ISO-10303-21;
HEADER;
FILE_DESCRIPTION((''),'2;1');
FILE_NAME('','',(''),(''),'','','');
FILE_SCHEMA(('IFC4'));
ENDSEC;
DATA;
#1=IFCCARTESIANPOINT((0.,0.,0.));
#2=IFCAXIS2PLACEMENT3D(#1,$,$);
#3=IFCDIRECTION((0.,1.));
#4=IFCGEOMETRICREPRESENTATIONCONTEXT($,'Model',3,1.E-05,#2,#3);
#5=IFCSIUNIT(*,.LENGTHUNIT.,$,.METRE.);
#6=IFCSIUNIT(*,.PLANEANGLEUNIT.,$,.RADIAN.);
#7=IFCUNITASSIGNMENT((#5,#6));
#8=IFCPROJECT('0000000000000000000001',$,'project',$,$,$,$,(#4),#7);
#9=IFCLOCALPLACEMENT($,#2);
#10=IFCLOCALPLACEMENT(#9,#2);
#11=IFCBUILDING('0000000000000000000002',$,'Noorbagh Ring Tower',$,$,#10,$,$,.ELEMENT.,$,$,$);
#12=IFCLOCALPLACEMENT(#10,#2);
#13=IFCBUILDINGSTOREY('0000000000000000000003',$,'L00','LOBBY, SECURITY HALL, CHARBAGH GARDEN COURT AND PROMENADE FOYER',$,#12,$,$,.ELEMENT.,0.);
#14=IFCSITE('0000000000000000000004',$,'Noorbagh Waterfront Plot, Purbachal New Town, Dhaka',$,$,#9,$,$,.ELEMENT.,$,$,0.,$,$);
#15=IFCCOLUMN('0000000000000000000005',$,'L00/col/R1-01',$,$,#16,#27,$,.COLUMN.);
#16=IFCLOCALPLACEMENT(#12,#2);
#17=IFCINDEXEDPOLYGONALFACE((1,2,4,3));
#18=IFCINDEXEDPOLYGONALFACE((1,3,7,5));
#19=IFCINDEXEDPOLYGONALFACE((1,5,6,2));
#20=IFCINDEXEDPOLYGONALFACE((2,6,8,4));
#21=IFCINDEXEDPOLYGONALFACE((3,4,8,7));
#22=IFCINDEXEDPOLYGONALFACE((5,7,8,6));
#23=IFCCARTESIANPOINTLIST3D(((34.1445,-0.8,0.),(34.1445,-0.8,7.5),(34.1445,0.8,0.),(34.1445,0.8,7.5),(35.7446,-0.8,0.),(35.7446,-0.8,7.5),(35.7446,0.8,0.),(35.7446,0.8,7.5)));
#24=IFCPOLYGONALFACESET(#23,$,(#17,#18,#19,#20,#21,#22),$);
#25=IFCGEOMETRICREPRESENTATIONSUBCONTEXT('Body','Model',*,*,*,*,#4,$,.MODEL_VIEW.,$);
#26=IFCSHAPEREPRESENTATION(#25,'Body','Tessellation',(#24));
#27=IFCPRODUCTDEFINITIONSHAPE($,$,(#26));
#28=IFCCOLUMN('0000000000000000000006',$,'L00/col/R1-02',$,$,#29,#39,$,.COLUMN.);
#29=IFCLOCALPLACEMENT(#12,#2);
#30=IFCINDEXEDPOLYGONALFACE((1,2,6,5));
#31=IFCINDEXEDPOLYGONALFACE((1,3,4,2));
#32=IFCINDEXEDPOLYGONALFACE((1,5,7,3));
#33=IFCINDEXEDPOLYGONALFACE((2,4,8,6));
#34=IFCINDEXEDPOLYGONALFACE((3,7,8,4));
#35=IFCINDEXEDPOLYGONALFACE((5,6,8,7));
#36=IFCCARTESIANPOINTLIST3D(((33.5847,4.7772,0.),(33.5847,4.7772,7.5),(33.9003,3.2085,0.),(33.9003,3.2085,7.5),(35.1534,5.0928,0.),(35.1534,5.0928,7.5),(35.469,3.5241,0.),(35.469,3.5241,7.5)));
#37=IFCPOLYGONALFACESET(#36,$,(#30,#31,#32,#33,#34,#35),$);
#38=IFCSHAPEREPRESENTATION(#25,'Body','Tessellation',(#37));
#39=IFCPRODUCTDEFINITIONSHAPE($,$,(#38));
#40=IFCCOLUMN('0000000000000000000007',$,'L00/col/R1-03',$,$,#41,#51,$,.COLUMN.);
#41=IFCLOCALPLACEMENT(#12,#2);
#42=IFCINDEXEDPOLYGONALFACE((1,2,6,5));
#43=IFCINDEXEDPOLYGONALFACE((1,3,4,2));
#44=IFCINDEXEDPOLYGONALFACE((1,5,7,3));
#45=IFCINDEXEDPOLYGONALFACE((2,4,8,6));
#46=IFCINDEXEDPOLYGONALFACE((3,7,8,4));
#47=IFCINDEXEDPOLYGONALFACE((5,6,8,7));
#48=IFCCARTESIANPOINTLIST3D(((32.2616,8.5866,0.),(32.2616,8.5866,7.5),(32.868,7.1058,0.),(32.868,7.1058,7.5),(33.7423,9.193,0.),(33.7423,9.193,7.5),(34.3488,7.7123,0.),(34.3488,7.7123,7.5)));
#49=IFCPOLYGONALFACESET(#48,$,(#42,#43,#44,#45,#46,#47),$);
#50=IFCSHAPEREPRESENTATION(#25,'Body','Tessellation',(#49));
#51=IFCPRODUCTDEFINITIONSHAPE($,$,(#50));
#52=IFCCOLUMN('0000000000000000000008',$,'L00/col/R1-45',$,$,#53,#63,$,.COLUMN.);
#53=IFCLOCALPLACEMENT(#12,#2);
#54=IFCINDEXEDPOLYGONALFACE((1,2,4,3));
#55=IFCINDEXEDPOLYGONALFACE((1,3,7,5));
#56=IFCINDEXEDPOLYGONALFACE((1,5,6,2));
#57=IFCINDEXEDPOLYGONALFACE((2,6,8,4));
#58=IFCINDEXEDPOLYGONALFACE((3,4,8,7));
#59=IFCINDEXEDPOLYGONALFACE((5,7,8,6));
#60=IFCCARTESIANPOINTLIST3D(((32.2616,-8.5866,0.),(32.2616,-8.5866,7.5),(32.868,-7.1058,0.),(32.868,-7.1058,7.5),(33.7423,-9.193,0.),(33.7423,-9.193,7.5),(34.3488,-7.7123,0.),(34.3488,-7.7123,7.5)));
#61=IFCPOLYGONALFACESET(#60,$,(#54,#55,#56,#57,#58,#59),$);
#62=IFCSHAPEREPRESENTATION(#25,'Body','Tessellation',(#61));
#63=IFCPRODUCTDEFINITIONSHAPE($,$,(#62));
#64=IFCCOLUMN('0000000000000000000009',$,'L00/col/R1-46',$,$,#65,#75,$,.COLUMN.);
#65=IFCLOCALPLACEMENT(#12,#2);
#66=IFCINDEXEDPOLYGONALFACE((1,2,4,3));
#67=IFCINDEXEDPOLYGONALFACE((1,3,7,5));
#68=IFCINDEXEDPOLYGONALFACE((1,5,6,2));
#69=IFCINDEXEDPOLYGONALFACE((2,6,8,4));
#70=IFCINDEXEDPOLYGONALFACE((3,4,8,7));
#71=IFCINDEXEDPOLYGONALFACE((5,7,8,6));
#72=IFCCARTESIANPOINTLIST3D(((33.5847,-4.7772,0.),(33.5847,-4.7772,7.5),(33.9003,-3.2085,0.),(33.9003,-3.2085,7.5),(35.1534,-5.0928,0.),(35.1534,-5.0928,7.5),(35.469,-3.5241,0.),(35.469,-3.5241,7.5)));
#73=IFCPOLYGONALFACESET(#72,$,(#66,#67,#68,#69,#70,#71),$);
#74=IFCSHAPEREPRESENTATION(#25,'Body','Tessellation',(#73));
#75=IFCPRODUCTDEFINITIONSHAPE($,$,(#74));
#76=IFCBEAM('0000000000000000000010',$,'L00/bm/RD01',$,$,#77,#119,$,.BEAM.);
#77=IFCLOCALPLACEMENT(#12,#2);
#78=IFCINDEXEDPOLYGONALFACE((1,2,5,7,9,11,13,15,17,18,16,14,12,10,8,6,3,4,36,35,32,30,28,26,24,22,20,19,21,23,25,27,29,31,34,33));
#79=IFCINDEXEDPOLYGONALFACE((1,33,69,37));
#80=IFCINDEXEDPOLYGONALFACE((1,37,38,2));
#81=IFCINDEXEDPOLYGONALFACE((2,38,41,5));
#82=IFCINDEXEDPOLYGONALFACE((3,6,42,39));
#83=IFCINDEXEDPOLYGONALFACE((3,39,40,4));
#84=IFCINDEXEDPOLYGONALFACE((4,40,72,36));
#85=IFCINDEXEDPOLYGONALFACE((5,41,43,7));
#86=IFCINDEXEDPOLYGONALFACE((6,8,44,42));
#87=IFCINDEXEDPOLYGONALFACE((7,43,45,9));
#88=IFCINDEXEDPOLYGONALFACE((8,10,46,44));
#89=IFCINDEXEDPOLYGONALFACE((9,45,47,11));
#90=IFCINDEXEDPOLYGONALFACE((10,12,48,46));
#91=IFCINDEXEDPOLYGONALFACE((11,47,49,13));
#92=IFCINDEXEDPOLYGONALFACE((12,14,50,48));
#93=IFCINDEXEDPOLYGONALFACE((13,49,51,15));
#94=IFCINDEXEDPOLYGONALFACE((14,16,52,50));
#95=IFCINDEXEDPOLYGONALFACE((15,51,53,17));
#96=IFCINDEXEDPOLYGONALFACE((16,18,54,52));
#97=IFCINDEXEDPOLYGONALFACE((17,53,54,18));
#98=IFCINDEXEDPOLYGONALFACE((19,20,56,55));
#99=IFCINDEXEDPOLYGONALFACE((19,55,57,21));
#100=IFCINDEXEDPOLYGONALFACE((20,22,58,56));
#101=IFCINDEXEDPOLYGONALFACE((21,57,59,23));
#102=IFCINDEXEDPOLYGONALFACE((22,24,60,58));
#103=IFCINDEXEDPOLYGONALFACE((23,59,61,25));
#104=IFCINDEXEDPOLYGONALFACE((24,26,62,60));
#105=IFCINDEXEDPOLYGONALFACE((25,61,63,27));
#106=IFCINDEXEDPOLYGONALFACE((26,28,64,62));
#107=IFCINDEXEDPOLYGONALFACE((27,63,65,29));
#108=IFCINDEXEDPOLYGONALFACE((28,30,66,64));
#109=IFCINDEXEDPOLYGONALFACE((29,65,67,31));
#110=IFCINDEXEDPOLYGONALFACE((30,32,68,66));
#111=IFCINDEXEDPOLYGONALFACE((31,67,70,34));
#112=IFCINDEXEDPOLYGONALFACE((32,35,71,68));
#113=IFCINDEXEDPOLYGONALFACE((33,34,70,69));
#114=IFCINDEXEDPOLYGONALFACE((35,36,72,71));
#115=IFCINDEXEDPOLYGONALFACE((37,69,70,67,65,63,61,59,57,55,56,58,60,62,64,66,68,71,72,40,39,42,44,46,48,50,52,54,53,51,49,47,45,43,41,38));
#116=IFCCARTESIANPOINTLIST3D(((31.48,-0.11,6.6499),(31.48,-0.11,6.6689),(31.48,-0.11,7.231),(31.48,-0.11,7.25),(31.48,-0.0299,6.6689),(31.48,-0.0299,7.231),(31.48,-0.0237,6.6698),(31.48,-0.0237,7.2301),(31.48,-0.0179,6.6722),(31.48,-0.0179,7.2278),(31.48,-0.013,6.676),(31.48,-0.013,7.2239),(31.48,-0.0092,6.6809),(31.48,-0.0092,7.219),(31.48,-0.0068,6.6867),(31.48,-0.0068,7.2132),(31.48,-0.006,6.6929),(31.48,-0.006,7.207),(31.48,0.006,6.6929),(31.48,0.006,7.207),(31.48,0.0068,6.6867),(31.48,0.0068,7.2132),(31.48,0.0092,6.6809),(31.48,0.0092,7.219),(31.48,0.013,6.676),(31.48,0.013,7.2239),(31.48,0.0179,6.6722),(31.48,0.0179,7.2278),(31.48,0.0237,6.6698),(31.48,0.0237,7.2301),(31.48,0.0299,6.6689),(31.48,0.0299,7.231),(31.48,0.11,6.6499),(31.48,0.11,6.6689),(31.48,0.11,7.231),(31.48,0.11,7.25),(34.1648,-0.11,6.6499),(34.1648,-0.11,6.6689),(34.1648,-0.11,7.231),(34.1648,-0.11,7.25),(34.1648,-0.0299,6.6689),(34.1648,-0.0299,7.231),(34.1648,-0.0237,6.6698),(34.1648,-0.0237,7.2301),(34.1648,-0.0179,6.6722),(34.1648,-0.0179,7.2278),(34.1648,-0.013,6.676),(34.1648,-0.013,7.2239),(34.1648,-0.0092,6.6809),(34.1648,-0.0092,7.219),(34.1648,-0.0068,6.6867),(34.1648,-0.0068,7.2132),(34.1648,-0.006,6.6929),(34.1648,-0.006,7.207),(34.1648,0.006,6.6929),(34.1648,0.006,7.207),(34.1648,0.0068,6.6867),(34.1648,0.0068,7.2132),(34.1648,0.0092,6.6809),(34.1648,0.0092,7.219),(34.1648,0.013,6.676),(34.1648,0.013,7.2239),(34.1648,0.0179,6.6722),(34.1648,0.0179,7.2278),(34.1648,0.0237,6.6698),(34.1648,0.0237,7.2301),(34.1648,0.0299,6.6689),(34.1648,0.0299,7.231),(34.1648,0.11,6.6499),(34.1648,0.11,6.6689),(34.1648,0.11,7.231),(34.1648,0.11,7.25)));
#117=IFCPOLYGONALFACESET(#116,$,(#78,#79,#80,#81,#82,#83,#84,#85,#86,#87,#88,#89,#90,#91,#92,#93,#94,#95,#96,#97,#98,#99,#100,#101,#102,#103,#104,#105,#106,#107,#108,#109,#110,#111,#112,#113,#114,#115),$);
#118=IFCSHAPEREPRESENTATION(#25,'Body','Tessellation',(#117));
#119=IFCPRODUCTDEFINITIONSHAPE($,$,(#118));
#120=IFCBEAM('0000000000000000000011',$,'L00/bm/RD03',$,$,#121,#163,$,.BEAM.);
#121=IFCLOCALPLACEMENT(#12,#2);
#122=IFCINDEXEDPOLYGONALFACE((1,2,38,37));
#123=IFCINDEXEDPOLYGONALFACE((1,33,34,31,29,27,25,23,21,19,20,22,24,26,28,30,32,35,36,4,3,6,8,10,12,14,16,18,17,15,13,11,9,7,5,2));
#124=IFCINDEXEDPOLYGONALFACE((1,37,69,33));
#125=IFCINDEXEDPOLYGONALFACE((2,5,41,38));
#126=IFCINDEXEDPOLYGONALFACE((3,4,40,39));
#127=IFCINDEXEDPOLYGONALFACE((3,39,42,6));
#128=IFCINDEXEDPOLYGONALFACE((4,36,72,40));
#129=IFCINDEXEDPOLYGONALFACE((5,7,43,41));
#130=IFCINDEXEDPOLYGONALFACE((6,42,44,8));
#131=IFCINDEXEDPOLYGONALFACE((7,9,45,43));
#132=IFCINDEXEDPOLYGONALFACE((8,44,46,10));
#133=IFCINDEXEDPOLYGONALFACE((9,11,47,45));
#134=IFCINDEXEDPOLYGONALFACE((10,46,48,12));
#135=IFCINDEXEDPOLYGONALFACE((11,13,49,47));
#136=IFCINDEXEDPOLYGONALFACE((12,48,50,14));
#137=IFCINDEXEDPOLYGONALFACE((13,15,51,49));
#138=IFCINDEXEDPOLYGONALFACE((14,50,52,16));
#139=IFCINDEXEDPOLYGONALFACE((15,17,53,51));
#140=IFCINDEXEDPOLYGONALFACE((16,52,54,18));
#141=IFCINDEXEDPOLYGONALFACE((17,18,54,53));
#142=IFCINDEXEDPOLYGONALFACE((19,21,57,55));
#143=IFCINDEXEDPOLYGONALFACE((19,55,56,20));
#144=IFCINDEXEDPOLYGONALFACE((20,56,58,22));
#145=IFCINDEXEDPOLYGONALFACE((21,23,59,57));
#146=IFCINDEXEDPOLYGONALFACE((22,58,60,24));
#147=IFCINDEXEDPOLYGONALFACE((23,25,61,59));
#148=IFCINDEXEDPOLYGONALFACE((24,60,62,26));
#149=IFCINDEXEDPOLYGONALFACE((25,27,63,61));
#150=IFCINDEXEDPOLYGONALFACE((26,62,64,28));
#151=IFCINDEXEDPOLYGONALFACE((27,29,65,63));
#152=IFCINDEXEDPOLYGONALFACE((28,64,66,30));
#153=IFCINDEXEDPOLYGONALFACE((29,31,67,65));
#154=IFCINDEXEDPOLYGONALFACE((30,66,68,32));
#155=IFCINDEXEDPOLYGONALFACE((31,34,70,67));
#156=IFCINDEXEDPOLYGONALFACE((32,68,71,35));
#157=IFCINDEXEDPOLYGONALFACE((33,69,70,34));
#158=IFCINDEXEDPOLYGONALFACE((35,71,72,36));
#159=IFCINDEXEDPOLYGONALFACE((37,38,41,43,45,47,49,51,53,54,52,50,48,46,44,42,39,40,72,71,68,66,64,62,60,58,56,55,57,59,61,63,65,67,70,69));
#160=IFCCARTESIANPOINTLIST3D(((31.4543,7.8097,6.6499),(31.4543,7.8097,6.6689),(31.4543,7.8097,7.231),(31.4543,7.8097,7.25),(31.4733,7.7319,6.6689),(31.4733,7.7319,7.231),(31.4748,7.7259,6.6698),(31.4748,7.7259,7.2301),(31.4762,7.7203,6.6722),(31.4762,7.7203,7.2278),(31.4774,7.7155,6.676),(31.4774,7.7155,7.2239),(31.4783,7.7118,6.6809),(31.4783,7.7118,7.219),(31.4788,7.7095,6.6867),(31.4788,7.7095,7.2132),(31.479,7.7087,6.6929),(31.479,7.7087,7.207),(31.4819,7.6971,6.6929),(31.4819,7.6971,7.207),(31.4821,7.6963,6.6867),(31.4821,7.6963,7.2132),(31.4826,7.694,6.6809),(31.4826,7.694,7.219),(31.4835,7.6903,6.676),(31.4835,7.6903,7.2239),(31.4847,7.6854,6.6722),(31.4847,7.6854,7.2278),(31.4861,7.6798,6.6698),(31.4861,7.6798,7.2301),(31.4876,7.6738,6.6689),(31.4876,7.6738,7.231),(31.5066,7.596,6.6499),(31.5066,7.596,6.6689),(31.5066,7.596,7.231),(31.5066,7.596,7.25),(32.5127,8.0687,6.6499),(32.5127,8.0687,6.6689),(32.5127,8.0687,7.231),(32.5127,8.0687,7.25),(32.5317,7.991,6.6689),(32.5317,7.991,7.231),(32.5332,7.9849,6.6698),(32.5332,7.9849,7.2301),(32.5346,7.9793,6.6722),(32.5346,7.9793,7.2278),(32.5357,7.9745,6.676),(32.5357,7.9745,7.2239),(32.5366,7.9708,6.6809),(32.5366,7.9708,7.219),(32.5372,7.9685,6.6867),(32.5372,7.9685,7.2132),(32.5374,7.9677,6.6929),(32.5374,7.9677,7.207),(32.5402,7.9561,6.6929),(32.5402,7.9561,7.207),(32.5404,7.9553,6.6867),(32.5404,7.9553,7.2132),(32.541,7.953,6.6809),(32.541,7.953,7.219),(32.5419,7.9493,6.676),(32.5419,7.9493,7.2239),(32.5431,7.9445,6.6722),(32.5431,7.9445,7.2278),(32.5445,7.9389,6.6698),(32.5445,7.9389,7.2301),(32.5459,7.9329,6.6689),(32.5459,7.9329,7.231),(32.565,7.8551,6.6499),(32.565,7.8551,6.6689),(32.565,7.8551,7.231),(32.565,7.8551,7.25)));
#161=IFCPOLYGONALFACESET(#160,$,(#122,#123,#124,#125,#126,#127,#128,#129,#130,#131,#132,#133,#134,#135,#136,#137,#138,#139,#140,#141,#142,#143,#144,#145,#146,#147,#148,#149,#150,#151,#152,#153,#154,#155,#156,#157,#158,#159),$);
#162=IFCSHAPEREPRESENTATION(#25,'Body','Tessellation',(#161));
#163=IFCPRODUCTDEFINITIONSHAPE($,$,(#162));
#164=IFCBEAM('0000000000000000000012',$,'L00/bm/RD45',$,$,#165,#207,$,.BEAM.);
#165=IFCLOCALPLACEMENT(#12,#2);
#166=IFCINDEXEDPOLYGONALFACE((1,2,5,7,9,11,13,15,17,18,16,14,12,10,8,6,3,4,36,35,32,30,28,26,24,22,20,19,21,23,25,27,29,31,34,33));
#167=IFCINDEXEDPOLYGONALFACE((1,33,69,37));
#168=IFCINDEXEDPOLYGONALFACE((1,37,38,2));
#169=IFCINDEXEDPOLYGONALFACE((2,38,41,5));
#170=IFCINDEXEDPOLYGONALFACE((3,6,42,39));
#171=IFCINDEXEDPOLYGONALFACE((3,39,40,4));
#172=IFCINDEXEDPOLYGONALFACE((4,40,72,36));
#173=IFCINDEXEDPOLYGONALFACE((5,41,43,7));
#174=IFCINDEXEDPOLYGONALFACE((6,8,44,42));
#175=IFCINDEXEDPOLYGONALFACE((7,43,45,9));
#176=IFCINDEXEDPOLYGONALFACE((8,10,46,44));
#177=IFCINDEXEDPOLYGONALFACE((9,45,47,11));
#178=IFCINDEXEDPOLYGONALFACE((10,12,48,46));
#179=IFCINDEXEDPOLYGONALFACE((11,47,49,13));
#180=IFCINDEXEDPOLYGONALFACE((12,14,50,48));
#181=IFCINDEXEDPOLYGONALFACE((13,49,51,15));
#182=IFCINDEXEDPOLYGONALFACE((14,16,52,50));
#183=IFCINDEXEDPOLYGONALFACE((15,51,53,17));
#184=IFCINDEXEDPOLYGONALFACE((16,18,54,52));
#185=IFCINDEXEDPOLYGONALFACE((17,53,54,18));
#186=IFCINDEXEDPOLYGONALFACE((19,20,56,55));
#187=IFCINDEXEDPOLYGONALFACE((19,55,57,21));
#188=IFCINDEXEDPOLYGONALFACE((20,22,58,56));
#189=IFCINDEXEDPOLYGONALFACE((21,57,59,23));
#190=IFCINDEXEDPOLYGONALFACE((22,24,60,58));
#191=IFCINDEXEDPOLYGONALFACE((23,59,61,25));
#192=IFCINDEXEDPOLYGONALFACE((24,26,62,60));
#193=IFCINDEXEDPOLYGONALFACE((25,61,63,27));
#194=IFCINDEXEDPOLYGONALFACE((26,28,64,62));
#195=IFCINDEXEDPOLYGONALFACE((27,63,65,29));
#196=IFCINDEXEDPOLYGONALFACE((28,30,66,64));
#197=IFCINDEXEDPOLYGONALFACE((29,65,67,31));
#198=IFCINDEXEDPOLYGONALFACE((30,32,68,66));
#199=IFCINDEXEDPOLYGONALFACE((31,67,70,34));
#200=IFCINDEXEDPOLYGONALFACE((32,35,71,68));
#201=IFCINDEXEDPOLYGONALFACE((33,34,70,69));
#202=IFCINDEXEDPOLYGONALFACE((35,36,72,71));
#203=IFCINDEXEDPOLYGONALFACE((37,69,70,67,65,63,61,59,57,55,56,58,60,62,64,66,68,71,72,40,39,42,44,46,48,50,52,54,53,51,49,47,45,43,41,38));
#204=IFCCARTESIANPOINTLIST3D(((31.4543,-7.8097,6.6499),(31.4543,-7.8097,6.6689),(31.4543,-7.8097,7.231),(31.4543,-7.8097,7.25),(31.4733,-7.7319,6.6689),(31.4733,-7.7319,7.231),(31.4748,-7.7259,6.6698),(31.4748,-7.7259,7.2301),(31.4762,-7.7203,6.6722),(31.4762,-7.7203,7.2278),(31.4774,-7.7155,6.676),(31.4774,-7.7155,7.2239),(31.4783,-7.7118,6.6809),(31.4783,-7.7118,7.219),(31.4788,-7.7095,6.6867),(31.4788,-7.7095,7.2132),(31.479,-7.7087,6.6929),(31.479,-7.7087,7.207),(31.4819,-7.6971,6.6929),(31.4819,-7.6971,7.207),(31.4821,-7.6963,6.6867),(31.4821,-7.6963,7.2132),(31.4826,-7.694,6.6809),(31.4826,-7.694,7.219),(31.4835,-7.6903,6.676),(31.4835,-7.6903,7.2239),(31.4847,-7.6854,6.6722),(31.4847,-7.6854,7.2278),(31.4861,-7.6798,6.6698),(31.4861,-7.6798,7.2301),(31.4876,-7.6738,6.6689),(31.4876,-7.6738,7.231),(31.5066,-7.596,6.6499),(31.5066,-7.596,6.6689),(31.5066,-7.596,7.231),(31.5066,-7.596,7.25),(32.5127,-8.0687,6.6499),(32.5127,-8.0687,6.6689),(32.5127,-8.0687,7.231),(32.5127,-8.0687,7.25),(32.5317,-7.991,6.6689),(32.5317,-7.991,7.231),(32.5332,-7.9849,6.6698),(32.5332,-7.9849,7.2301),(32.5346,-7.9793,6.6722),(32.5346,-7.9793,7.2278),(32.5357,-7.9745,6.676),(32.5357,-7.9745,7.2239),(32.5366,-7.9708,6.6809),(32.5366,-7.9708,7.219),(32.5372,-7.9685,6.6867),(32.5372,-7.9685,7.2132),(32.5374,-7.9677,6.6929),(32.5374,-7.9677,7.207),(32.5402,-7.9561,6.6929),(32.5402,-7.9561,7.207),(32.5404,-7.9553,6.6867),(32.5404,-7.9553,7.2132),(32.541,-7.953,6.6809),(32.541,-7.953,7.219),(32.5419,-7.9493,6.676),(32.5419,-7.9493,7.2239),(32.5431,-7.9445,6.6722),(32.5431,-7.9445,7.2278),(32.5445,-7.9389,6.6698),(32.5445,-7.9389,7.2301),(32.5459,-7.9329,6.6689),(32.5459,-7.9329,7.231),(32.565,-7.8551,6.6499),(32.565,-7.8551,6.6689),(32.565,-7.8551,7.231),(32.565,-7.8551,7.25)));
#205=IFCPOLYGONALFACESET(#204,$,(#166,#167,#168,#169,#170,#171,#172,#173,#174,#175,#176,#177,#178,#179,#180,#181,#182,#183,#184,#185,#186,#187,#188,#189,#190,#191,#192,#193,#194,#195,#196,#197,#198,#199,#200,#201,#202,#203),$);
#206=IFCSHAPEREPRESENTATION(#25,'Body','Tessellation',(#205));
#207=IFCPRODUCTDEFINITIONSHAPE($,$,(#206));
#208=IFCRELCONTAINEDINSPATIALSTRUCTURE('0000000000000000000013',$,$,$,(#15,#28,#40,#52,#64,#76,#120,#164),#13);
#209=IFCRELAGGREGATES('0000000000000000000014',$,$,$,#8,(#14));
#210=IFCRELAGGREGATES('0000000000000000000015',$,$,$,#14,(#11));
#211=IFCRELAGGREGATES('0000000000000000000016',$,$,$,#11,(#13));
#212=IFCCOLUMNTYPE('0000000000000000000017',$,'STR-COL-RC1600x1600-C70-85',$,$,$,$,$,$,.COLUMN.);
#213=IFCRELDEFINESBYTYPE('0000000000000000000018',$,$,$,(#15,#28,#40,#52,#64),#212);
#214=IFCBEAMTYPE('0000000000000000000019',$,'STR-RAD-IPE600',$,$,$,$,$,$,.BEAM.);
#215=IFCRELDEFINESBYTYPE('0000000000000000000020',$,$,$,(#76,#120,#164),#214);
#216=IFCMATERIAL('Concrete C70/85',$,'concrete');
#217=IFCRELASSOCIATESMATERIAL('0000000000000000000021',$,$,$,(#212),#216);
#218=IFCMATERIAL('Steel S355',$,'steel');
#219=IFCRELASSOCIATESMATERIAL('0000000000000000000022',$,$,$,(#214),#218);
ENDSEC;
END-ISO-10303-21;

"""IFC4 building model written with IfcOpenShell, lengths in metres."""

from ifc_helpers import new_model, si_unit, direction, frame, origin, origin_2d, place, context, subcontext, project, spatial, rectangle, i_section, extrude, material, material_profile, profile_set, type_object, element, save


model = new_model("IFC4")

# Units and contexts
model_context = context("Model", 3, precision=1e-05, world=origin(), true_north=direction((0.0, 1.0)))
body_context = subcontext(model_context, "Body", "Model", "MODEL_VIEW")
ifc_project = project(units=[si_unit("LENGTHUNIT", "METRE"), si_unit("PLANEANGLEUNIT", "RADIAN")], contexts=[model_context])

# Site, building, storey
site_placement = place(None, origin())
site = spatial("IfcSite", under=ifc_project, at=site_placement, Name="Noorbagh Waterfront Plot, Purbachal New Town, Dhaka", CompositionType="ELEMENT", RefElevation=0.0)
building_placement = place(site_placement, origin())
building = spatial("IfcBuilding", under=site, at=building_placement, Name="Noorbagh Ring Tower", CompositionType="ELEMENT")
storey_placement = place(building_placement, origin())
storey = spatial("IfcBuildingStorey", under=building, at=storey_placement, Name="L00", Description="LOBBY, SECURITY HALL, CHARBAGH GARDEN COURT AND PROMENADE FOYER", CompositionType="ELEMENT", Elevation=0.0)

# Columns
ifc_material_1 = material(Name="Concrete C70/85", Category="concrete")
ifc_material_profile_1 = material_profile(ifc_material_1, rectangle(XDim=1.6001, YDim=1.6001, at=origin_2d()), Name="RC1600x1600")
ifc_profile_set_1 = profile_set([ifc_material_profile_1], Name="Concrete C70/85")
column_type = type_object("IfcColumnType", Name="STR-COL-RC1600x1600-C70-85", PredefinedType="COLUMN", material=ifc_profile_set_1)
for number, where, z_axis, x_axis, name in (
    (1, (34.9446, 0.0, 0.0), (0.0, 0.0, 1.0), (0.0, 1.0, 0.0), "L00/col/R1-01"),
    (2, (34.5269, 4.1506, 0.0), (0.0, 0.0, 1.0), (-0.19723, 0.980357, 0.0), "L00/col/R1-02"),
    (3, (33.3052, 8.1494, 0.0), (0.0, 0.0, 1.0), (-0.378989, 0.925401, 0.0), "L00/col/R1-03"),
    (4, (33.3052, -8.1494, 0.0), (0.0, 0.0, 1.0), (0.378989, 0.925401, 0.0), "L00/col/R1-45"),
    (5, (34.5269, -4.1506, 0.0), (0.0, 0.0, 1.0), (0.19723, 0.980357, 0.0), "L00/col/R1-46"),
):
    element("IfcColumn", number, at=place(storey_placement, frame(where, z_axis=z_axis, x_axis=x_axis)), inside=storey, type_object=column_type, Name=name, PredefinedType="COLUMN", context=body_context, shape_type="SweptSolid", body=[
        extrude(rectangle(XDim=1.6001, YDim=1.6001, at=origin_2d()), origin(), (0.0, 0.0, 1.0), 7.5),
    ])

# Beams
ifc_material_2 = material(Name="Steel S355", Category="steel")
ifc_material_profile_2 = material_profile(ifc_material_2, i_section(OverallWidth=0.22, OverallDepth=0.6001, WebThickness=0.012, FlangeThickness=0.019, FilletRadius=0.0239, at=origin_2d()), Name="IPE600")
ifc_profile_set_2 = profile_set([ifc_material_profile_2], Name="Steel S355")
beam_type_1 = type_object("IfcBeamType", Name="STR-RAD-IPE600", PredefinedType="BEAM", material=ifc_profile_set_2)
beam_placement = place(storey_placement, frame((34.1648, 0.0, 6.95), z_axis=(-1.0, 0.0, 0.0), x_axis=(0.0, -1.0, 0.0)))
element("IfcBeam", 6, at=beam_placement, inside=storey, type_object=beam_type_1, Name="L00/bm/RD01", PredefinedType="BEAM", context=body_context, shape_type="SweptSolid", body=[
    extrude(i_section(OverallWidth=0.22, OverallDepth=0.6001, WebThickness=0.012, FlangeThickness=0.019, FilletRadius=0.0239, at=origin_2d()), origin(), (0.0, 0.0, 1.0), 2.6848),
])
for number, where, z_axis, x_axis, name in (
    (7, (32.5388, 7.9619, 6.95), (-0.97133, -0.237735, 0.0), (0.237735, -0.97133, 0.0), "L00/bm/RD03"),
    (8, (32.5388, -7.9619, 6.95), (-0.97133, 0.237735, 0.0), (-0.237735, -0.97133, 0.0), "L00/bm/RD45"),
):
    element("IfcBeam", number, at=place(storey_placement, frame(where, z_axis=z_axis, x_axis=x_axis)), inside=storey, type_object=beam_type_1, Name=name, PredefinedType="BEAM", context=body_context, shape_type="SweptSolid", body=[
        extrude(i_section(OverallWidth=0.22, OverallDepth=0.6001, WebThickness=0.012, FlangeThickness=0.019, FilletRadius=0.0239, at=origin_2d()), origin(), (0.0, 0.0, 1.0), 1.0896),
    ])

save(model, "model.ifc")
